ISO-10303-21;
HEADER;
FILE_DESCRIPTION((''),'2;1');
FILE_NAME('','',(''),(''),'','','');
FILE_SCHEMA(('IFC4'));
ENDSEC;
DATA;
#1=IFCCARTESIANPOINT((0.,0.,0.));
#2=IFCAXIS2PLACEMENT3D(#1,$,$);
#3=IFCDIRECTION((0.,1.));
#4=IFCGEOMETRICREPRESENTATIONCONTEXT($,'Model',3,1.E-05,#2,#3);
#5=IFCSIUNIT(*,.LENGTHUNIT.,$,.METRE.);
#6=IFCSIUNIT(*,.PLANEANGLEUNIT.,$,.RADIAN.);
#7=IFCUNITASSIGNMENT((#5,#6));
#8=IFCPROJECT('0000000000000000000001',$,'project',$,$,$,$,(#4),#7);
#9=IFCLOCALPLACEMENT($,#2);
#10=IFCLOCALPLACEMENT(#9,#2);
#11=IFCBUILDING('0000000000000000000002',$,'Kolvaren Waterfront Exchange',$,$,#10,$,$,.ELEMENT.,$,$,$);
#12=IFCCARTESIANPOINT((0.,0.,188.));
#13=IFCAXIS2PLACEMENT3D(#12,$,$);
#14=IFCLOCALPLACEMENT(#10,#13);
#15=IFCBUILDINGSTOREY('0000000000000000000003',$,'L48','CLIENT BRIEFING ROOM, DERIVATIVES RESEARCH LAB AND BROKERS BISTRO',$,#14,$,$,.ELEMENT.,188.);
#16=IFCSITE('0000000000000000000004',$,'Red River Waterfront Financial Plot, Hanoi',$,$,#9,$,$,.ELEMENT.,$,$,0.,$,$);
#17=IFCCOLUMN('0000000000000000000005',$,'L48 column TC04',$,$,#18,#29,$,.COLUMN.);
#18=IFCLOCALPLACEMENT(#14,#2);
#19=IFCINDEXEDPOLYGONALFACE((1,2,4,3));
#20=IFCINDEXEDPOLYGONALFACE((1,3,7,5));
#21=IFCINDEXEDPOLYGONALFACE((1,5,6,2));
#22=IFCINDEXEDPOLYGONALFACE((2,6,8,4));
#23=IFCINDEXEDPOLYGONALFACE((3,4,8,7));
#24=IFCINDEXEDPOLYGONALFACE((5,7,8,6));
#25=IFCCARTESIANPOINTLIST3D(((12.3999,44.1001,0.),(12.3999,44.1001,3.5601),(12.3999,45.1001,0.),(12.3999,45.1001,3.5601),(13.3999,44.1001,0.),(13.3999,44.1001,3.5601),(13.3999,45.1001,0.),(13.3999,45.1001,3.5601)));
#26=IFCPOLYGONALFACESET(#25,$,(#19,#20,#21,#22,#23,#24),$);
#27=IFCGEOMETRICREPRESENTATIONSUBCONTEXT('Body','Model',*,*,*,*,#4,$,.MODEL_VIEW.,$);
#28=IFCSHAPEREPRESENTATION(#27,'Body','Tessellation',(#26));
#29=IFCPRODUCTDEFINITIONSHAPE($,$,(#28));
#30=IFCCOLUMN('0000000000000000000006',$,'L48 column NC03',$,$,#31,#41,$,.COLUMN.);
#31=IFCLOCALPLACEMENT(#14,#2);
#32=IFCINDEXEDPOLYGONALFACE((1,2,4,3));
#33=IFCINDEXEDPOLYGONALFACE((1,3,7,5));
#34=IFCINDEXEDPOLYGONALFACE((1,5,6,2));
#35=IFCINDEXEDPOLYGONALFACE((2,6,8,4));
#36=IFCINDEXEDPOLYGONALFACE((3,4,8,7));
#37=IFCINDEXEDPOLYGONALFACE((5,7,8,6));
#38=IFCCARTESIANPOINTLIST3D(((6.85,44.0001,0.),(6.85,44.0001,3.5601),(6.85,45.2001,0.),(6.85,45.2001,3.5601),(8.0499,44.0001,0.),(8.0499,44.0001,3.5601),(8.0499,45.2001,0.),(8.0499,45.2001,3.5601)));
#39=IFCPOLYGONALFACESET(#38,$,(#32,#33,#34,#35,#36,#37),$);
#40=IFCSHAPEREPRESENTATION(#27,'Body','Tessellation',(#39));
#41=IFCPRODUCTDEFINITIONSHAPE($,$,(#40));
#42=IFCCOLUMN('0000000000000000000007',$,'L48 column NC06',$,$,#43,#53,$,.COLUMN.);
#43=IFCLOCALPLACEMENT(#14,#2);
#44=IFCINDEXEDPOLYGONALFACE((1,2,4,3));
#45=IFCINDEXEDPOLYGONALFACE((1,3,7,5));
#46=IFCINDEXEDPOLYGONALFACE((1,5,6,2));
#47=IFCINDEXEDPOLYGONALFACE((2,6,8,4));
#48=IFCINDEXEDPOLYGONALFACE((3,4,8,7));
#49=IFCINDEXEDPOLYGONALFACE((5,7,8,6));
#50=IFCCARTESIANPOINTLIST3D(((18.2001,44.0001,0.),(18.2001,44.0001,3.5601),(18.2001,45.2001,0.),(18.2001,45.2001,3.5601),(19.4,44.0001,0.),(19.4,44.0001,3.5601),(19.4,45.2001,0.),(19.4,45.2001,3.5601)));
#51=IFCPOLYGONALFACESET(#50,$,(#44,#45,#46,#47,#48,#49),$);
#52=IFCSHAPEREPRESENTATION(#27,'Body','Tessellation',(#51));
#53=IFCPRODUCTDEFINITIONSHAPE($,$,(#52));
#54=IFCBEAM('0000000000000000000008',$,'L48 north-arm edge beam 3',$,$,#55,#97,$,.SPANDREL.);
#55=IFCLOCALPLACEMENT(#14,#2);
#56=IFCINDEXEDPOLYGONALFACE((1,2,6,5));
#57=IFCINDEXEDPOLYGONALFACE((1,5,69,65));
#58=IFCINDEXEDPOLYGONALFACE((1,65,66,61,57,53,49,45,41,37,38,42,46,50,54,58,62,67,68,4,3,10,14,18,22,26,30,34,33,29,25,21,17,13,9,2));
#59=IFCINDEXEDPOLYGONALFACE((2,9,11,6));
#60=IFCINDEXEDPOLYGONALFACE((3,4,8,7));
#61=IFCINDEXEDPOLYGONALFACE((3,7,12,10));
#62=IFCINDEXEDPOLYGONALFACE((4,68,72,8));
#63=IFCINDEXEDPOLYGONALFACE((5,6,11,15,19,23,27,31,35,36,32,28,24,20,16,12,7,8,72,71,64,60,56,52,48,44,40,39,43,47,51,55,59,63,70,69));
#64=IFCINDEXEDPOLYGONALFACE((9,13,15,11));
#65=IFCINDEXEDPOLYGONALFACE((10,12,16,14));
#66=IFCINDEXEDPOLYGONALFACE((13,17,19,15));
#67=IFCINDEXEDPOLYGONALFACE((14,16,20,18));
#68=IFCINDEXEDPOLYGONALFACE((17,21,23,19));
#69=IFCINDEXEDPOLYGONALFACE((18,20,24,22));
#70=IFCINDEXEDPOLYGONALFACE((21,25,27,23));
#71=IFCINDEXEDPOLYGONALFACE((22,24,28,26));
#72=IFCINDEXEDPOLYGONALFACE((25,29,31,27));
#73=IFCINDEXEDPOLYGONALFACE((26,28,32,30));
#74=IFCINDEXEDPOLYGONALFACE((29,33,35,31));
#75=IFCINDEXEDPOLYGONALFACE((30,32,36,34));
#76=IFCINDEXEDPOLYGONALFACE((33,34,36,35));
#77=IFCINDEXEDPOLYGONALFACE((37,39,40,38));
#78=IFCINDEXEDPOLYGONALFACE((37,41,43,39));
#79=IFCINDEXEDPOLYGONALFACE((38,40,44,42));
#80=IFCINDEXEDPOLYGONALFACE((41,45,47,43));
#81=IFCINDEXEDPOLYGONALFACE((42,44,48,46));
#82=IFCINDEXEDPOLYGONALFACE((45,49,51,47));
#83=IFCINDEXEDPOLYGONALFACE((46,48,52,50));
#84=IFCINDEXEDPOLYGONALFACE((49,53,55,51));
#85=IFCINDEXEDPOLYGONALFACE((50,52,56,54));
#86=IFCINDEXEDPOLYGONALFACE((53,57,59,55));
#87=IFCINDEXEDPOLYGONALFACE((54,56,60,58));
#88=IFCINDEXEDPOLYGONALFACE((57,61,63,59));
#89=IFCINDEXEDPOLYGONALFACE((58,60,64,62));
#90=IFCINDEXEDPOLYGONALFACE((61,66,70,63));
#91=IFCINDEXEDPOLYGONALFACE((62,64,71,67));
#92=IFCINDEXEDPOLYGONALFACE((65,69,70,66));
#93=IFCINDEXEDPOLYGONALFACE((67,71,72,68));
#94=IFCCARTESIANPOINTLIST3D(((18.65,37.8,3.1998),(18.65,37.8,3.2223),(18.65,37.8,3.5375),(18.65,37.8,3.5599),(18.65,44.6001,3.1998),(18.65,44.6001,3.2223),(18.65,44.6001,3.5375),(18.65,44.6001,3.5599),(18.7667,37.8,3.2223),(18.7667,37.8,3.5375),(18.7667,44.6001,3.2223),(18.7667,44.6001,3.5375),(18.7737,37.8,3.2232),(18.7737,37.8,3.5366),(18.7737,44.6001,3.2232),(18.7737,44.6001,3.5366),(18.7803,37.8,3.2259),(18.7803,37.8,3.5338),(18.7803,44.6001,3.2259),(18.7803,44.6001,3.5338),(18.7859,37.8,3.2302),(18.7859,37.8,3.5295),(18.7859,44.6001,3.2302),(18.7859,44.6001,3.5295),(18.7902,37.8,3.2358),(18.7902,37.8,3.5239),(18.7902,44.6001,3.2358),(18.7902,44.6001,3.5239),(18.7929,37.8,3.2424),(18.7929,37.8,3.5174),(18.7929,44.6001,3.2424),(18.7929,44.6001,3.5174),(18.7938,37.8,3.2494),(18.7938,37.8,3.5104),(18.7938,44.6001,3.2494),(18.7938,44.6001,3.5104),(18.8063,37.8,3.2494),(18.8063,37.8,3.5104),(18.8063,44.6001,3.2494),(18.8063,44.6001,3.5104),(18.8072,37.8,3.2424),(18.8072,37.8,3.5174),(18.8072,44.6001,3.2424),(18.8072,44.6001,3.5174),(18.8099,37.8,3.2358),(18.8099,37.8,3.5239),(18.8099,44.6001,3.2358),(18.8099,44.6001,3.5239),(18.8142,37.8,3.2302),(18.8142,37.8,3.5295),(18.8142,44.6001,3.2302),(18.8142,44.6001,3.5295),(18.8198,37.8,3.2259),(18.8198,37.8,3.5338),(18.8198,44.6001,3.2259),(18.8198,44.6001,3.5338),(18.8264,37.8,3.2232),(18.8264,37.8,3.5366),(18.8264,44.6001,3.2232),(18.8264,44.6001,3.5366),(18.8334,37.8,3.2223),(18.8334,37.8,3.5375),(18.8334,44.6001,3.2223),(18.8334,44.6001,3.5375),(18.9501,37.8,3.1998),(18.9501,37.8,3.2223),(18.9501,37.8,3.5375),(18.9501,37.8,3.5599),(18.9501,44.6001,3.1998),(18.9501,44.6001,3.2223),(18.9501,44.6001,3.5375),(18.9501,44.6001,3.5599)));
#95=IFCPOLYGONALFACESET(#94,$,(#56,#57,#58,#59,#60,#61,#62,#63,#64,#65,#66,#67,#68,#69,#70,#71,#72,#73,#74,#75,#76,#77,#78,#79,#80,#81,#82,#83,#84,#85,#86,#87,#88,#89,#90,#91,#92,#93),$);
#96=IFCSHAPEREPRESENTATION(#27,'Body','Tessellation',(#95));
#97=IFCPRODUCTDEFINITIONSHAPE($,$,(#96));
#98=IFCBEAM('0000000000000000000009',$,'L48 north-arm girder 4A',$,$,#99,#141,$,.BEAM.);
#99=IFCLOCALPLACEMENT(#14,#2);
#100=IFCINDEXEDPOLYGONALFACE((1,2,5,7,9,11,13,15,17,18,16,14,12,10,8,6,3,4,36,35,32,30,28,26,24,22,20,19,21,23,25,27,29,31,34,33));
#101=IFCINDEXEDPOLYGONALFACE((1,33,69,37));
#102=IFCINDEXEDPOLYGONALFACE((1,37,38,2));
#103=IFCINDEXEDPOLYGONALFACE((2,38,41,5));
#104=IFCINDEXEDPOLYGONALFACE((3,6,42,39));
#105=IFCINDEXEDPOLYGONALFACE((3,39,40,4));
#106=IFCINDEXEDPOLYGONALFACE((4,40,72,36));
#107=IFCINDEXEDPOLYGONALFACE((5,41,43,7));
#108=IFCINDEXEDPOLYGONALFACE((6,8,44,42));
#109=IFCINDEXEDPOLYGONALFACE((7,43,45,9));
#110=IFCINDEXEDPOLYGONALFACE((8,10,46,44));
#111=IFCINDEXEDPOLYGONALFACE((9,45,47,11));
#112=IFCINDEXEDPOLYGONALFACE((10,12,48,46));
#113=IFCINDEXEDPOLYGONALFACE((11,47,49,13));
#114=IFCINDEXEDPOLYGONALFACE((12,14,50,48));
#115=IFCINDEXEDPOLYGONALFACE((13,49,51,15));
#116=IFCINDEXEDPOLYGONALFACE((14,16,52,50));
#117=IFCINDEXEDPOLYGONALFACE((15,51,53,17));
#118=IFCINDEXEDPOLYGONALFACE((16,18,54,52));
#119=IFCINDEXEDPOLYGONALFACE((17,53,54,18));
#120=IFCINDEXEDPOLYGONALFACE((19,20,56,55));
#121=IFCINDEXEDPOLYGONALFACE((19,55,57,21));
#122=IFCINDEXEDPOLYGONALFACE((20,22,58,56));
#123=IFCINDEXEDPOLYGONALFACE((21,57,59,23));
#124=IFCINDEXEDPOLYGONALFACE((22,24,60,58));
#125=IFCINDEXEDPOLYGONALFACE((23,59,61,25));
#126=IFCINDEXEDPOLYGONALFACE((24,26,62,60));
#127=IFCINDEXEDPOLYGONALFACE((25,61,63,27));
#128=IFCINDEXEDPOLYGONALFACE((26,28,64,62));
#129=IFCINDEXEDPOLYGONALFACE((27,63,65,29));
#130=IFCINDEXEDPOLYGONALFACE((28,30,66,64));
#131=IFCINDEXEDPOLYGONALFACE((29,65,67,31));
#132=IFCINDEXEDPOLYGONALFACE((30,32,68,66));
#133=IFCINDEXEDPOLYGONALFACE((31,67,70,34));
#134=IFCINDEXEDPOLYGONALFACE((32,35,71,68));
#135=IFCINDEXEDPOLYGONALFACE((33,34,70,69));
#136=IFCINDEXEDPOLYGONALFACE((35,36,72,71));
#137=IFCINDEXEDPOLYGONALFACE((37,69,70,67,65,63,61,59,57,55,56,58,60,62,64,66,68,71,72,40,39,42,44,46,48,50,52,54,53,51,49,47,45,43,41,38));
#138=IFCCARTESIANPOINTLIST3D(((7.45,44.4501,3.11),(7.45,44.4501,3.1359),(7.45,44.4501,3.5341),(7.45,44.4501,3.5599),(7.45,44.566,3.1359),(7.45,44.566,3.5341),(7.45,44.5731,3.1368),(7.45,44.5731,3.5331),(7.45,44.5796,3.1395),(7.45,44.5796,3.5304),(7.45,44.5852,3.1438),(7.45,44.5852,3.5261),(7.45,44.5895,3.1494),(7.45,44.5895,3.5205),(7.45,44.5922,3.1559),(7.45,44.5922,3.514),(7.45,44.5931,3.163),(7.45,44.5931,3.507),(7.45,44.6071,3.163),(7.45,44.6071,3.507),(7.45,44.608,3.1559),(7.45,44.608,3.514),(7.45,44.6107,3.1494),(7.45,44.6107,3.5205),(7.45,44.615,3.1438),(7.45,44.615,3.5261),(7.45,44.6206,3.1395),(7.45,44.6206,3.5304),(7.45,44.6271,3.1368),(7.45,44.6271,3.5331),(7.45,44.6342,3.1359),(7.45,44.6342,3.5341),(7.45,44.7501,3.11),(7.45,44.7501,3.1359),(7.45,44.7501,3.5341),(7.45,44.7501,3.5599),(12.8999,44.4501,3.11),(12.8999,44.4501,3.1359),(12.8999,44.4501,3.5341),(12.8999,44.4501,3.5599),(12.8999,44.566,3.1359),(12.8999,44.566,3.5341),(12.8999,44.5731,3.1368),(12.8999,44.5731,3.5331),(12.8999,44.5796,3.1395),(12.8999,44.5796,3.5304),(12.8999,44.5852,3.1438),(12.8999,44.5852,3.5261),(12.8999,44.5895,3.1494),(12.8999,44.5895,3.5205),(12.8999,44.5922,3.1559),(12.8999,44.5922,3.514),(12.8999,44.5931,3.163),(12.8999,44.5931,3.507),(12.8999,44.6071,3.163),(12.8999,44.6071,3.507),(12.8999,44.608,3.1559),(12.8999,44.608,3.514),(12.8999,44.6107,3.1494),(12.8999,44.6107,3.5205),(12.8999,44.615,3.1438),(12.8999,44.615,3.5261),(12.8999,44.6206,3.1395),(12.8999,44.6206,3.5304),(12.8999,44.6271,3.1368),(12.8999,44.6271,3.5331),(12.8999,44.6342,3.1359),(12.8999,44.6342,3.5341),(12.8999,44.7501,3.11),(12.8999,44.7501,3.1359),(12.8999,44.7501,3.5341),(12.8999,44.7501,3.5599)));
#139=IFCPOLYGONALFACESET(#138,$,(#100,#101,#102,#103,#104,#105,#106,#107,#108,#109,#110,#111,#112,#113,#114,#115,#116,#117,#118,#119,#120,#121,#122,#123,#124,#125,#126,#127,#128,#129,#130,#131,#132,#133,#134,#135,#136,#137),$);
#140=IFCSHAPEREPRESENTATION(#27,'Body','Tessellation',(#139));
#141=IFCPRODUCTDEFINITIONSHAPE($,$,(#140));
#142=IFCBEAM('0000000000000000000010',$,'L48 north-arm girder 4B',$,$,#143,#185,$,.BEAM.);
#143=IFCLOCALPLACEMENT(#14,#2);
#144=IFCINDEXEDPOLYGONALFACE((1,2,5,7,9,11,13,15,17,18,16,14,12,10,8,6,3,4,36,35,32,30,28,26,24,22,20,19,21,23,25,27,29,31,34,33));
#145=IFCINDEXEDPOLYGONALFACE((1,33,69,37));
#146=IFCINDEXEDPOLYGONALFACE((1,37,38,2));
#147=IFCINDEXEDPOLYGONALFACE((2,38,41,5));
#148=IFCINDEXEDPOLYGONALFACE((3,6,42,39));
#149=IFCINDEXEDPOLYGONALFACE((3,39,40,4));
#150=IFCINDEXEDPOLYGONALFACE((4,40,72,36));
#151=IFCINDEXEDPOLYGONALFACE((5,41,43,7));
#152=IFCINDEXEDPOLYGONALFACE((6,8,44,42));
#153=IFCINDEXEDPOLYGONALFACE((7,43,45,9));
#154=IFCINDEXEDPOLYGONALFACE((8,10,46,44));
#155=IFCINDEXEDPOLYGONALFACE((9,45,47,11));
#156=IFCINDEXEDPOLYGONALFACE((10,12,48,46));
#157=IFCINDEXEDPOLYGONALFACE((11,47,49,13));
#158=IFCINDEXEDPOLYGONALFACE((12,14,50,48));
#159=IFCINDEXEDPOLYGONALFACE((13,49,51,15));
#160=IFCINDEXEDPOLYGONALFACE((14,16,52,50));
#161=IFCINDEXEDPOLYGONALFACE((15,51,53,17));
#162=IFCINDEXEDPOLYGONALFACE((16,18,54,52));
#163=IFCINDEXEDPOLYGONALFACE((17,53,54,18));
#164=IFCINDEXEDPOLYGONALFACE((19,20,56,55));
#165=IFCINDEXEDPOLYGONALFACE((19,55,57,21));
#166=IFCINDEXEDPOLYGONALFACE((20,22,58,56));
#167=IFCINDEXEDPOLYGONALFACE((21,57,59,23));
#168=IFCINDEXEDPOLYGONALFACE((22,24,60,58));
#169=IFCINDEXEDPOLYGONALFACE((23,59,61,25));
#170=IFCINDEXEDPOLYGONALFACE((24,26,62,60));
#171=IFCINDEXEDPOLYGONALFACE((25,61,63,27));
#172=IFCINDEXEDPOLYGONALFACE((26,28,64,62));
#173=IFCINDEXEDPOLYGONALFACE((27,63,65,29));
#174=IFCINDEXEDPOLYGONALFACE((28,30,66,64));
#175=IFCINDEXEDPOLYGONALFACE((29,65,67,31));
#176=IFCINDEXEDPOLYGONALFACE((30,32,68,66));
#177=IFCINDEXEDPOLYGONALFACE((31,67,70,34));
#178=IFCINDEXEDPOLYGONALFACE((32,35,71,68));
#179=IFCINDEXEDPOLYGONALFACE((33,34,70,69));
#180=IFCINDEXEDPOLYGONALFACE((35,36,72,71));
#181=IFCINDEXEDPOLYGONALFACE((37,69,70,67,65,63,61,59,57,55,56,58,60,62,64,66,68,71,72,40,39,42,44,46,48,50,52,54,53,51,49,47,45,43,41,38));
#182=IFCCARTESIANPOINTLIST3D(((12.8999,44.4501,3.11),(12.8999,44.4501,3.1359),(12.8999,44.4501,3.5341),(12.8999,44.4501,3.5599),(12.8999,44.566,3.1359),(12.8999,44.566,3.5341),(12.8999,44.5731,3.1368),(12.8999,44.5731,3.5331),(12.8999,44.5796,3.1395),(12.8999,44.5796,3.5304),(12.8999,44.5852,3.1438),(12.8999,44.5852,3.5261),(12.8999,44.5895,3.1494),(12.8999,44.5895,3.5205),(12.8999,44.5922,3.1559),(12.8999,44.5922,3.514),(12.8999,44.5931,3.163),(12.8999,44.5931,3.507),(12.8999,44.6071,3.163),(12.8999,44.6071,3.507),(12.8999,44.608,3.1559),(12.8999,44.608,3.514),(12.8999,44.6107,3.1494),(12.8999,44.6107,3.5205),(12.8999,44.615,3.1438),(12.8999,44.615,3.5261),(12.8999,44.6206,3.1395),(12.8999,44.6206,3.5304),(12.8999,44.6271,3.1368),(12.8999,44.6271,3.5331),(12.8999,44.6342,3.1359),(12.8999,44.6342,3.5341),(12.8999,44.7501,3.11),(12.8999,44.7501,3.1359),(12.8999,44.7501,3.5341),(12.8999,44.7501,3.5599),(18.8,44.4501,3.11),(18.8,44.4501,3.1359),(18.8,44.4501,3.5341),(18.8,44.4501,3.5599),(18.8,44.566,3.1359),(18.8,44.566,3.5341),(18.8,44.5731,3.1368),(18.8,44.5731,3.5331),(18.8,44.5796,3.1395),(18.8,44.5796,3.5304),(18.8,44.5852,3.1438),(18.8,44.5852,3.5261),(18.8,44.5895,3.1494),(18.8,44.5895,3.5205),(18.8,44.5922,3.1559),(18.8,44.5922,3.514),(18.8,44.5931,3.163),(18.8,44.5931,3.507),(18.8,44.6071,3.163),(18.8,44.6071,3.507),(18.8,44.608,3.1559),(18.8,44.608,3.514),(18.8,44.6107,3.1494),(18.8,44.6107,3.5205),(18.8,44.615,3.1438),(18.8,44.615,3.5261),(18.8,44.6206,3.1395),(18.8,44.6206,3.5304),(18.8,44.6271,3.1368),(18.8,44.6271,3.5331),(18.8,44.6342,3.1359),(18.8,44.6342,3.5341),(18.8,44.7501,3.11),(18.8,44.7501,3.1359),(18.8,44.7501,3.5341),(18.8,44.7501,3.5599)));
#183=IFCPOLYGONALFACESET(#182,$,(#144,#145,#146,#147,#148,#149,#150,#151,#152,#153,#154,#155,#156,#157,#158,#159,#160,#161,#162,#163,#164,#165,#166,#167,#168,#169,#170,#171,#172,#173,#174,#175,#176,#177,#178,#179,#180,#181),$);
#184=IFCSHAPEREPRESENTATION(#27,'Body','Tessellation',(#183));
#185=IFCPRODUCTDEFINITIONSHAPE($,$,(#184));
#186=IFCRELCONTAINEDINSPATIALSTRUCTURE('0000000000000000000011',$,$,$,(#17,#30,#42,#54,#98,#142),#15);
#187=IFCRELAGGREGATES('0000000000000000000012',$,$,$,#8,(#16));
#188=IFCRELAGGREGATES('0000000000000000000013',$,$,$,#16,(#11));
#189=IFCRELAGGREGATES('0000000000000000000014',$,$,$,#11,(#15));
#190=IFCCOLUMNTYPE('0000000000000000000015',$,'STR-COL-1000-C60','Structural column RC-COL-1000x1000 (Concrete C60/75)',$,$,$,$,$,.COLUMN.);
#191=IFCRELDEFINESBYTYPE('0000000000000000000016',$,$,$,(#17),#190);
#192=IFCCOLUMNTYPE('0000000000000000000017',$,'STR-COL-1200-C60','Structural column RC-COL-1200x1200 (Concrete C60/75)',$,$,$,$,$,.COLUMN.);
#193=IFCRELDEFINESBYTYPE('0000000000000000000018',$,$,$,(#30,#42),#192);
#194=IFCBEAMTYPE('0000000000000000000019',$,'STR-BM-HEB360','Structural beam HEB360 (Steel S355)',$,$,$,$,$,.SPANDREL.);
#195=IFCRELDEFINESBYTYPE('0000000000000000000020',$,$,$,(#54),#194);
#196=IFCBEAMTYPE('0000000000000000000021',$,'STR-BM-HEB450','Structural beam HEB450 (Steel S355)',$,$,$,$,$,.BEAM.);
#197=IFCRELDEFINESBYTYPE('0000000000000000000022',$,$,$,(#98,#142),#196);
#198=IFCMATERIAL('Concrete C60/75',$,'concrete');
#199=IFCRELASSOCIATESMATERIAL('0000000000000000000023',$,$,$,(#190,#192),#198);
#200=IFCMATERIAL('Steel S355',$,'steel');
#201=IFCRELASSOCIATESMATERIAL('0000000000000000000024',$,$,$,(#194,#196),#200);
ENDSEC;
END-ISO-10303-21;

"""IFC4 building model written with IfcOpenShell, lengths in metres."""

from ifc_helpers import new_model, si_unit, direction, frame, origin, origin_2d, place, context, subcontext, project, spatial, rectangle, i_section, extrude, material, material_profile, profile_set, type_object, element, save


model = new_model("IFC4")

# Units and contexts
model_context = context("Model", 3, precision=1e-05, world=origin(), true_north=direction((0.0, 1.0)))
body_context = subcontext(model_context, "Body", "Model", "MODEL_VIEW")
ifc_project = project(units=[si_unit("LENGTHUNIT", "METRE"), si_unit("PLANEANGLEUNIT", "RADIAN")], contexts=[model_context])

# Site, building, storey
site_placement = place(None, origin())
site = spatial("IfcSite", under=ifc_project, at=site_placement, Name="Red River Waterfront Financial Plot, Hanoi", CompositionType="ELEMENT", RefElevation=0.0)
building_placement = place(site_placement, origin())
building = spatial("IfcBuilding", under=site, at=building_placement, Name="Kolvaren Waterfront Exchange", CompositionType="ELEMENT")
storey_placement = place(building_placement, frame((0.0, 0.0, 188.0)))
storey = spatial("IfcBuildingStorey", under=building, at=storey_placement, Name="L48", Description="CLIENT BRIEFING ROOM, DERIVATIVES RESEARCH LAB AND BROKERS BISTRO", CompositionType="ELEMENT", Elevation=188.0)

# Columns
ifc_material_1 = material(Name="Concrete C60/75", Category="concrete")
ifc_material_profile_1 = material_profile(ifc_material_1, rectangle(XDim=1.0, YDim=1.0, at=origin_2d()), Name="RC-COL-1000x1000")
ifc_profile_set_1 = profile_set([ifc_material_profile_1], Name="Concrete C60/75")
column_type_1 = type_object("IfcColumnType", Name="STR-COL-1000-C60", Description="Structural column RC-COL-1000x1000 (Concrete C60/75)", PredefinedType="COLUMN", material=ifc_profile_set_1)
column_placement = place(storey_placement, frame((12.8999, 44.6001, 0.0), z_axis=(0.0, 0.0, 1.0), x_axis=(1.0, 0.0, 0.0)))
element("IfcColumn", 1, at=column_placement, inside=storey, type_object=column_type_1, Name="L48 column TC04", PredefinedType="COLUMN", context=body_context, shape_type="SweptSolid", body=[
    extrude(rectangle(XDim=1.0, YDim=1.0, at=origin_2d()), origin(), (0.0, 0.0, 1.0), 3.5601),
])
ifc_material_profile_2 = material_profile(ifc_material_1, rectangle(XDim=1.2, YDim=1.2, at=origin_2d()), Name="RC-COL-1200x1200")
ifc_profile_set_2 = profile_set([ifc_material_profile_2], Name="Concrete C60/75")
column_type_2 = type_object("IfcColumnType", Name="STR-COL-1200-C60", Description="Structural column RC-COL-1200x1200 (Concrete C60/75)", PredefinedType="COLUMN", material=ifc_profile_set_2)
for number, where, z_axis, x_axis, name in (
    (2, (7.45, 44.6001, 0.0), (0.0, 0.0, 1.0), (1.0, 0.0, 0.0), "L48 column NC03"),
    (3, (18.8, 44.6001, 0.0), (0.0, 0.0, 1.0), (1.0, 0.0, 0.0), "L48 column NC06"),
):
    element("IfcColumn", number, at=place(storey_placement, frame(where, z_axis=z_axis, x_axis=x_axis)), inside=storey, type_object=column_type_2, Name=name, PredefinedType="COLUMN", context=body_context, shape_type="SweptSolid", body=[
        extrude(rectangle(XDim=1.2, YDim=1.2, at=origin_2d()), origin(), (0.0, 0.0, 1.0), 3.5601),
    ])

# Beams
ifc_material_2 = material(Name="Steel S355", Category="steel")
ifc_material_profile_3 = material_profile(ifc_material_2, i_section(OverallWidth=0.3, OverallDepth=0.3601, WebThickness=0.0125, FlangeThickness=0.0225, FilletRadius=0.0271, at=origin_2d()), Name="HEB360")
ifc_profile_set_3 = profile_set([ifc_material_profile_3], Name="Steel S355")
beam_type_1 = type_object("IfcBeamType", Name="STR-BM-HEB360", Description="Structural beam HEB360 (Steel S355)", PredefinedType="SPANDREL", material=ifc_profile_set_3)
beam_1_placement = place(storey_placement, frame((18.8, 37.8, 3.3799), z_axis=(0.0, 1.0, 0.0), x_axis=(-1.0, 0.0, 0.0)))
element("IfcBeam", 4, at=beam_1_placement, inside=storey, type_object=beam_type_1, Name="L48 north-arm edge beam 3", PredefinedType="SPANDREL", context=body_context, shape_type="SweptSolid", body=[
    extrude(i_section(OverallWidth=0.3, OverallDepth=0.3601, WebThickness=0.0125, FlangeThickness=0.0225, FilletRadius=0.0271, at=origin_2d()), origin(), (0.0, 0.0, 1.0), 6.8),
])
ifc_material_profile_4 = material_profile(ifc_material_2, i_section(OverallWidth=0.3, OverallDepth=0.45, WebThickness=0.0139, FlangeThickness=0.0259, FilletRadius=0.0271, at=origin_2d()), Name="HEB450")
ifc_profile_set_4 = profile_set([ifc_material_profile_4], Name="Steel S355")
beam_type_2 = type_object("IfcBeamType", Name="STR-BM-HEB450", Description="Structural beam HEB450 (Steel S355)", PredefinedType="BEAM", material=ifc_profile_set_4)
beam_2_placement = place(storey_placement, frame((7.45, 44.6001, 3.335), z_axis=(1.0, 0.0, 0.0), x_axis=(0.0, 1.0, 0.0)))
element("IfcBeam", 5, at=beam_2_placement, inside=storey, type_object=beam_type_2, Name="L48 north-arm girder 4A", PredefinedType="BEAM", context=body_context, shape_type="SweptSolid", body=[
    extrude(i_section(OverallWidth=0.3, OverallDepth=0.45, WebThickness=0.0139, FlangeThickness=0.0259, FilletRadius=0.0271, at=origin_2d()), origin(), (0.0, 0.0, 1.0), 5.45),
])
beam_3_placement = place(storey_placement, frame((12.8999, 44.6001, 3.335), z_axis=(1.0, 0.0, 0.0), x_axis=(0.0, 1.0, 0.0)))
element("IfcBeam", 6, at=beam_3_placement, inside=storey, type_object=beam_type_2, Name="L48 north-arm girder 4B", PredefinedType="BEAM", context=body_context, shape_type="SweptSolid", body=[
    extrude(i_section(OverallWidth=0.3, OverallDepth=0.45, WebThickness=0.0139, FlangeThickness=0.0259, FilletRadius=0.0271, at=origin_2d()), origin(), (0.0, 0.0, 1.0), 5.9001),
])

save(model, "model.ifc")
